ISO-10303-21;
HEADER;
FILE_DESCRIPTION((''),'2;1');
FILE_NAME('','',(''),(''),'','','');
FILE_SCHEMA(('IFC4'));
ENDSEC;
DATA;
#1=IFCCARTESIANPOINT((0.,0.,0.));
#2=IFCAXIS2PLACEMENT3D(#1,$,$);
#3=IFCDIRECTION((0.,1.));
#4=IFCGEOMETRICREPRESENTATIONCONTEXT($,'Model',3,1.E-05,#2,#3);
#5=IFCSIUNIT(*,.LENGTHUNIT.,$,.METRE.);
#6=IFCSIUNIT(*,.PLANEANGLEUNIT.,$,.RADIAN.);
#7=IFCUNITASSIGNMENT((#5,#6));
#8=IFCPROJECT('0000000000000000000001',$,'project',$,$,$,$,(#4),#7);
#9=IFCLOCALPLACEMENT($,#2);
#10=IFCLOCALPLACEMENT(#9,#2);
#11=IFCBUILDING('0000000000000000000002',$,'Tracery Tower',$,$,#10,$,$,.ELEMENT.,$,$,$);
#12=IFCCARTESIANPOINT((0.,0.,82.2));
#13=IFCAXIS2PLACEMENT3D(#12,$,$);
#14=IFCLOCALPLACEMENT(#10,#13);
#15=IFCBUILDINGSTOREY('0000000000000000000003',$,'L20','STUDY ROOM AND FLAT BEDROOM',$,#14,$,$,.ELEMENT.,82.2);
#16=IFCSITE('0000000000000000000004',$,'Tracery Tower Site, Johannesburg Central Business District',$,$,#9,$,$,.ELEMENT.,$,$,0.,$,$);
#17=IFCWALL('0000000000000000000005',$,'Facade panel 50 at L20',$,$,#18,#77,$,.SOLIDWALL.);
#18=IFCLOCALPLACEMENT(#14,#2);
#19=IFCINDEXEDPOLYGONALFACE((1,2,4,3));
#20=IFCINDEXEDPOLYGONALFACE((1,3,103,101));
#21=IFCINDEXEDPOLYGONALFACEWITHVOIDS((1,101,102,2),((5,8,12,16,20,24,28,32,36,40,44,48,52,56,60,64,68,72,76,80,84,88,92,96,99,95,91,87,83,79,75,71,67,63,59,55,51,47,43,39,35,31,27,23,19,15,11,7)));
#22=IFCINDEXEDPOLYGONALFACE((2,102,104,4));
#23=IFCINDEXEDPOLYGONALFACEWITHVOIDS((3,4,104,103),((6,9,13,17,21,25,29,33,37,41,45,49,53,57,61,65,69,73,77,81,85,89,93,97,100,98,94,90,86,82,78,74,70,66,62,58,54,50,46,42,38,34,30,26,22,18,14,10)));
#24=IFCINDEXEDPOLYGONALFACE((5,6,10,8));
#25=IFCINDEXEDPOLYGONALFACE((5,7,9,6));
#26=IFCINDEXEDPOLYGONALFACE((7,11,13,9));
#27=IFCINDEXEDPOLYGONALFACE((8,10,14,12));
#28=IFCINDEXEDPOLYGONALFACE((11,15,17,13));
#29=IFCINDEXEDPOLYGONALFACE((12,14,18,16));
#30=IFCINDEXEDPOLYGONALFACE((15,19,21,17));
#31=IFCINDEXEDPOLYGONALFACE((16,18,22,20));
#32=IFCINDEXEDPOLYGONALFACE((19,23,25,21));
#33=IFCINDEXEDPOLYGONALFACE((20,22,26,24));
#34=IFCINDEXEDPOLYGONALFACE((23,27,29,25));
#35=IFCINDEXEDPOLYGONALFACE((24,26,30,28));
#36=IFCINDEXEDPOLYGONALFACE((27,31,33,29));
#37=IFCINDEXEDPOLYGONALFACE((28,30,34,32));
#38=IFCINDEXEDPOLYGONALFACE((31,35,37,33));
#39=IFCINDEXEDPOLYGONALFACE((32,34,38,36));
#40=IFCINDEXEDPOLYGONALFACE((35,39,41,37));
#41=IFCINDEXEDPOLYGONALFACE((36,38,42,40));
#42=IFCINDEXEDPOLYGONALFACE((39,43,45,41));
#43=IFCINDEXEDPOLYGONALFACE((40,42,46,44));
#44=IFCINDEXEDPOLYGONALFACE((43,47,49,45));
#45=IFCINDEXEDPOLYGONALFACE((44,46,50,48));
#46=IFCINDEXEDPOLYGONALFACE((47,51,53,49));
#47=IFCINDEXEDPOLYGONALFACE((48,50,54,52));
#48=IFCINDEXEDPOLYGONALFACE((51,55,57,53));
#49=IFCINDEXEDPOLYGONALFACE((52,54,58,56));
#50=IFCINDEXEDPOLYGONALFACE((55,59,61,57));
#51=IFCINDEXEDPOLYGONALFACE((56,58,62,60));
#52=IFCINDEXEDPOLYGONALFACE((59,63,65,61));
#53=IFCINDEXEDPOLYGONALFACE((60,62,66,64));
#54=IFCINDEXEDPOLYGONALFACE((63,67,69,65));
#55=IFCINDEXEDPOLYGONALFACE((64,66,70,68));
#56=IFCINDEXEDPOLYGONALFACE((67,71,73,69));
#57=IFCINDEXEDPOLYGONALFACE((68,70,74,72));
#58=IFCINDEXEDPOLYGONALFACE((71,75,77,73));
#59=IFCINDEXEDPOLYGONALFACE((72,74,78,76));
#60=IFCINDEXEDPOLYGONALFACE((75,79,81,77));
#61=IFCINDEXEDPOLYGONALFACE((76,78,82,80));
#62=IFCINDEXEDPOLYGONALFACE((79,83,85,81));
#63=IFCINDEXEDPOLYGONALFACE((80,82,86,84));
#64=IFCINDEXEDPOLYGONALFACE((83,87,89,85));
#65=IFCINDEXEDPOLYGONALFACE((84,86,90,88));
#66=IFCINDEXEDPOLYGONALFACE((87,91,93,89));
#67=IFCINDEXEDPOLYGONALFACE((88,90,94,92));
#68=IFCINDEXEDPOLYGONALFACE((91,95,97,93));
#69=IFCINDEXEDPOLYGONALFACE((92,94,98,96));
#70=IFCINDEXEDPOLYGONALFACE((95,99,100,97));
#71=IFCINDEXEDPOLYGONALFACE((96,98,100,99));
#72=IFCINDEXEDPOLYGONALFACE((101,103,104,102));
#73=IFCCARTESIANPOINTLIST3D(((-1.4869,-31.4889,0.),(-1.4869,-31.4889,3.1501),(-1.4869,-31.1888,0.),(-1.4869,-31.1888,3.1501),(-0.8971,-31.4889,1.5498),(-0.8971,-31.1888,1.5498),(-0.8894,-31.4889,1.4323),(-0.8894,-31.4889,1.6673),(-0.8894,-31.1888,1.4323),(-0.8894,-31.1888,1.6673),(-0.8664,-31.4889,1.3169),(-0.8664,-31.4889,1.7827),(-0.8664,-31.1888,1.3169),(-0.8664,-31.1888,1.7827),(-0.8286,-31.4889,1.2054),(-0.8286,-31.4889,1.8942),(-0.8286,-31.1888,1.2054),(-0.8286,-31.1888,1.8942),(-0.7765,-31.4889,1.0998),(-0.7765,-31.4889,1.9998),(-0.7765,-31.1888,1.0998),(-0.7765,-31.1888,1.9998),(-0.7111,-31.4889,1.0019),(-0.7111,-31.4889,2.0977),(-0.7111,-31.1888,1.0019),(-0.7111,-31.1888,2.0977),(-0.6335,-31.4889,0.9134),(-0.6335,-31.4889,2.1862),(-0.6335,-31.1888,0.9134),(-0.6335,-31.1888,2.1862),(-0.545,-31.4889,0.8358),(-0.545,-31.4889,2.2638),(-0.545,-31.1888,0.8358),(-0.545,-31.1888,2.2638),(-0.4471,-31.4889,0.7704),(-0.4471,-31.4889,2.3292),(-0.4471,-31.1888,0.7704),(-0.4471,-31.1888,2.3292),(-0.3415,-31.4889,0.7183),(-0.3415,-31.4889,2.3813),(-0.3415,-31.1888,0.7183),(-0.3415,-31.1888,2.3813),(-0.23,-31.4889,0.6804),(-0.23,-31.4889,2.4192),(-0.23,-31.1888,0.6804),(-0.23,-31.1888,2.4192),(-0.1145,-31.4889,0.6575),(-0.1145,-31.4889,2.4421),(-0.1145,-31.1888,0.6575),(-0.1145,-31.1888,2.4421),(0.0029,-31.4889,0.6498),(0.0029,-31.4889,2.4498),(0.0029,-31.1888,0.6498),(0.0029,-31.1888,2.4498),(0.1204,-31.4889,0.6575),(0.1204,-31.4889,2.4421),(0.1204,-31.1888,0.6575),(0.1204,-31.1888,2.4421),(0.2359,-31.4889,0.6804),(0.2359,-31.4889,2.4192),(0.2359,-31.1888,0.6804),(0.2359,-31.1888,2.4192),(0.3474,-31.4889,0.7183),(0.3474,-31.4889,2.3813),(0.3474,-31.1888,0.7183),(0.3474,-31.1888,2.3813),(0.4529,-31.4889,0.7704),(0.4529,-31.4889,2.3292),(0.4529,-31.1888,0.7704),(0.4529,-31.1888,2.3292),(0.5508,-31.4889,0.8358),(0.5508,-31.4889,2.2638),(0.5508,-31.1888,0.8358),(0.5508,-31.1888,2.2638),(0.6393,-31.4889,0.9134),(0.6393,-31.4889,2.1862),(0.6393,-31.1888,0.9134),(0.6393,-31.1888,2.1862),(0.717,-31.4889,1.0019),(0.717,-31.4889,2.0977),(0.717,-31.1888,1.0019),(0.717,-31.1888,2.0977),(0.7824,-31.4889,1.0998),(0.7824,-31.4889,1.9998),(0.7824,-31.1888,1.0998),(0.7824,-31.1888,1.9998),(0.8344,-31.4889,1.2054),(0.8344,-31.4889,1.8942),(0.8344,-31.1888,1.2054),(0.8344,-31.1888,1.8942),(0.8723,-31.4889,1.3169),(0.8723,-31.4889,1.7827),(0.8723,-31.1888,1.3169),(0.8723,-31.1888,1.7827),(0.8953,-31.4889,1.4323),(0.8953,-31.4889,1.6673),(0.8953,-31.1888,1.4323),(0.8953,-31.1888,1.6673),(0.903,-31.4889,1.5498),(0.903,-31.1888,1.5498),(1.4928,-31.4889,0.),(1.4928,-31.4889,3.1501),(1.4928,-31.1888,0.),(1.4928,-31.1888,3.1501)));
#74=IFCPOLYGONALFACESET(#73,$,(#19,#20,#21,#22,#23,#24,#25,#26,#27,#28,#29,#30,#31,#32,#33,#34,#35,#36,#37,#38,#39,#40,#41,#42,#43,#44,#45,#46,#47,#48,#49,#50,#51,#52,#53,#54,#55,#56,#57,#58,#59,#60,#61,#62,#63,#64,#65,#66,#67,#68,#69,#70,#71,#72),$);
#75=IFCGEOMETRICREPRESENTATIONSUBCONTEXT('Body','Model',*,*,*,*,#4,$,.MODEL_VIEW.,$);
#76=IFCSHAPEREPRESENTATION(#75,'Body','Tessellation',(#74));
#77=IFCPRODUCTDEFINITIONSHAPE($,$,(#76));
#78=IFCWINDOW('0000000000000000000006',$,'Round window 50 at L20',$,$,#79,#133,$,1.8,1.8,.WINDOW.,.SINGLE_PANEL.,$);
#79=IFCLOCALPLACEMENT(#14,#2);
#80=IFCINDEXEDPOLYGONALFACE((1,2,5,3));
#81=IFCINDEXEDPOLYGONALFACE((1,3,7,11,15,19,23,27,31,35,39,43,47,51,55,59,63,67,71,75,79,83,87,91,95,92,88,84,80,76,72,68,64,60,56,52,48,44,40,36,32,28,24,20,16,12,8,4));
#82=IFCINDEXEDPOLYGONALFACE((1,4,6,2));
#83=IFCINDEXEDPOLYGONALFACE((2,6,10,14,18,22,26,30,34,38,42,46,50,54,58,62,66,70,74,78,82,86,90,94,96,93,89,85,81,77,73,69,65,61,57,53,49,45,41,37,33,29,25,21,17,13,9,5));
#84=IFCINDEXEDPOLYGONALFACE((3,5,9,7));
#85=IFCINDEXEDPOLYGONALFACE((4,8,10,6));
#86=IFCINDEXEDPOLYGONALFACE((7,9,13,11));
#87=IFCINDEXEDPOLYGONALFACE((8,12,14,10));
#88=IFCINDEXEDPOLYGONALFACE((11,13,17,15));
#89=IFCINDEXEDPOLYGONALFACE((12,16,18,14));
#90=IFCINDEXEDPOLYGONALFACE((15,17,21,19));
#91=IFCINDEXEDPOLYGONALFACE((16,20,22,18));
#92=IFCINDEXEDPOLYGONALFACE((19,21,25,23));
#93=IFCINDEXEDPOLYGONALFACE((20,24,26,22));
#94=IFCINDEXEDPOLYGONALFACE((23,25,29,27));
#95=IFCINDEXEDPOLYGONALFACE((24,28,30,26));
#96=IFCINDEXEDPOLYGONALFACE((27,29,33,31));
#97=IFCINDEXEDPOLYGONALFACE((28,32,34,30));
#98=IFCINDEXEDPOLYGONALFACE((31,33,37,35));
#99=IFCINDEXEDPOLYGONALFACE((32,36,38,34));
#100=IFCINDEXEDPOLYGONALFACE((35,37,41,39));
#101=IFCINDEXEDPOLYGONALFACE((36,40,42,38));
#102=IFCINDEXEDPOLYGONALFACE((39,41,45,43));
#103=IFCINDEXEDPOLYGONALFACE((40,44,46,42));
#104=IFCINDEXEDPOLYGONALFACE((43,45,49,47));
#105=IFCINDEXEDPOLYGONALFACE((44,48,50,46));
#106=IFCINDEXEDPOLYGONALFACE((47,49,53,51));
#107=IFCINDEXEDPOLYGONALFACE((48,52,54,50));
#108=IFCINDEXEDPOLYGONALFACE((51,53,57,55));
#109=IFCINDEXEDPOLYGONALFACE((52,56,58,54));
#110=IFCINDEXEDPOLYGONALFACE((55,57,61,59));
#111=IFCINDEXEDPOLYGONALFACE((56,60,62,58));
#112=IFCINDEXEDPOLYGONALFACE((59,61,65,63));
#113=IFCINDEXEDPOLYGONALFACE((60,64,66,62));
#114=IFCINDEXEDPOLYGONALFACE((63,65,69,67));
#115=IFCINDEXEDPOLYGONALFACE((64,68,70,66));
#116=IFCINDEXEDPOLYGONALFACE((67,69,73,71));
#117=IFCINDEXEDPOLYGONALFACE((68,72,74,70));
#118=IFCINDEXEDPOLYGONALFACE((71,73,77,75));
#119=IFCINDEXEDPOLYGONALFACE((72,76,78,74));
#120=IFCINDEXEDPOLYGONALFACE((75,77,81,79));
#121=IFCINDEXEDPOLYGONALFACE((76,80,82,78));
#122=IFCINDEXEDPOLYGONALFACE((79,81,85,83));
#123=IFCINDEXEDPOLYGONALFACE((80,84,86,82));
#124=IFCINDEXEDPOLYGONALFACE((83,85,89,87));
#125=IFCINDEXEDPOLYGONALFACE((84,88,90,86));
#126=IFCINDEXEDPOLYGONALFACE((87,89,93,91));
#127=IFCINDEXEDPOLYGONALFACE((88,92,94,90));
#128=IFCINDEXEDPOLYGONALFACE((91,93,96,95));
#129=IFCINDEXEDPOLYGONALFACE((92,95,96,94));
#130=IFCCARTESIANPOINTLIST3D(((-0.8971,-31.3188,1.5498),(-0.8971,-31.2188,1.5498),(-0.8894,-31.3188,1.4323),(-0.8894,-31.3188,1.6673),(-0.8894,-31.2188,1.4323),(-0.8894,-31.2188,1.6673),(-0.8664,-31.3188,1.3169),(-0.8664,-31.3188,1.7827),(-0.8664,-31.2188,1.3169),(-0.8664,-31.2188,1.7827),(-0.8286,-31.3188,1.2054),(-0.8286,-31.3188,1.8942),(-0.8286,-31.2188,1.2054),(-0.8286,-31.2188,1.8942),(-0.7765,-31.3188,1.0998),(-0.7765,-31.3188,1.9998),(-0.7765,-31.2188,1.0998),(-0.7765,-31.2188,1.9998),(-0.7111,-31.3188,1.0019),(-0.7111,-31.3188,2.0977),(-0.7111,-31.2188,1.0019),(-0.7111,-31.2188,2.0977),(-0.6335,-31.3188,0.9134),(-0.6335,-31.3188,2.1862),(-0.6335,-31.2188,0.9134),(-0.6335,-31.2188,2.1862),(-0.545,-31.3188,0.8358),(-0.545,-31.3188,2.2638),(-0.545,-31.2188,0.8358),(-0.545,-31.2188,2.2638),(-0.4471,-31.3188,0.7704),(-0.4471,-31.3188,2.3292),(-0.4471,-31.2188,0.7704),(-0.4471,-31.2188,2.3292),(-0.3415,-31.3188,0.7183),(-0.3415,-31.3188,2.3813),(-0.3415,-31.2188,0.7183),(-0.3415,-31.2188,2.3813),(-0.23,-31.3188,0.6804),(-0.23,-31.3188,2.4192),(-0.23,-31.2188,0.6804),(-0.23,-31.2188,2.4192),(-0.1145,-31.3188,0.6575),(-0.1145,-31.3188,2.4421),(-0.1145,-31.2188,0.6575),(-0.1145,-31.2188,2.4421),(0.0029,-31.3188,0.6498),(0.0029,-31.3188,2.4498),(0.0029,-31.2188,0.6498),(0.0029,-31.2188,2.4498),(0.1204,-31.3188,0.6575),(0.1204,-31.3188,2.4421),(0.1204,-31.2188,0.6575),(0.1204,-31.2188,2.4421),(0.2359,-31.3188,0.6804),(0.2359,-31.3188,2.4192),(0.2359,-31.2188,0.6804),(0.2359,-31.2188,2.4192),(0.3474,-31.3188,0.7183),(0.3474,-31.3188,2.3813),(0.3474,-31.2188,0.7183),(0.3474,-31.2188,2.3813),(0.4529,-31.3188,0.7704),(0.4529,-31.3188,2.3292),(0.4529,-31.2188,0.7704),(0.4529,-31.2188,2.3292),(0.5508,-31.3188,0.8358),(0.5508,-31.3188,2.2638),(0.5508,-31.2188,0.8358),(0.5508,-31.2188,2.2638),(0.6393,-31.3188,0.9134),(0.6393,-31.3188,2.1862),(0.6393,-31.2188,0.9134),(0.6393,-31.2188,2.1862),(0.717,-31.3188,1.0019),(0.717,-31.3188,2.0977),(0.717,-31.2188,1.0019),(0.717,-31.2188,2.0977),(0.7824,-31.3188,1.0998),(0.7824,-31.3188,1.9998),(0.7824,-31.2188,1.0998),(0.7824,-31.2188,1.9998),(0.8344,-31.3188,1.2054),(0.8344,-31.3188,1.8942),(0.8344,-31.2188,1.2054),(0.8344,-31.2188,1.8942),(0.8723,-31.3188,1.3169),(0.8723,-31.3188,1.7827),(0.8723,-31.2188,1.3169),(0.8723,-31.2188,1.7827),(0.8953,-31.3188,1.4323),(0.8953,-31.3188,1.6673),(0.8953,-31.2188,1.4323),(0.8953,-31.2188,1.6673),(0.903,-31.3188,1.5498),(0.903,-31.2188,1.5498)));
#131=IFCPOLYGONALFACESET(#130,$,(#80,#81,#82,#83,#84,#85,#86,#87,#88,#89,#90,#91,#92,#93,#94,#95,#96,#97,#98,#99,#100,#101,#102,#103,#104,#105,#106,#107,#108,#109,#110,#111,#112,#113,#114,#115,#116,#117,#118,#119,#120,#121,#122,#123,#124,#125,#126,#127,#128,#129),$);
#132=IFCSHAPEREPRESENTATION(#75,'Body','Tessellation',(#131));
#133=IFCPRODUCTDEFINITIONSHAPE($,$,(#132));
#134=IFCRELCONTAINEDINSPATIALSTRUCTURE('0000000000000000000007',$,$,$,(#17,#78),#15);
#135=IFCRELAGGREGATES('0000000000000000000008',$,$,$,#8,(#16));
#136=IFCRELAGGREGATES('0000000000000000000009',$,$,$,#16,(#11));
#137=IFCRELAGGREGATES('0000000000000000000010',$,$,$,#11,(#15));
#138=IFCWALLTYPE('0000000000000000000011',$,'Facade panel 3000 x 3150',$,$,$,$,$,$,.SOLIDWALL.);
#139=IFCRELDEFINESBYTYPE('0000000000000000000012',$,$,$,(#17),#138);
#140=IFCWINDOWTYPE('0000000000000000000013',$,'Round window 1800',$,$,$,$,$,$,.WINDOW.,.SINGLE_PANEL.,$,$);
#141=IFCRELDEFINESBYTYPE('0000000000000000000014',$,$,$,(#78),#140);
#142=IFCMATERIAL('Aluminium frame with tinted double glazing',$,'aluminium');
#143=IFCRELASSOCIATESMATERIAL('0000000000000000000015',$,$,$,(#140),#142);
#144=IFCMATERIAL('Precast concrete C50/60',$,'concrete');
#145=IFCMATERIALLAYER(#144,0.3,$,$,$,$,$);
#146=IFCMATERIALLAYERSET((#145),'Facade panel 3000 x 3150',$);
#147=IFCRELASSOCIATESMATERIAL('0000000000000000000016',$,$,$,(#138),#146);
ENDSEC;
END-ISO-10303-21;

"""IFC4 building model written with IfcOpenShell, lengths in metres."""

from ifc_helpers import new_model, si_unit, direction, frame, frame_2d, origin, origin_2d, place, context, subcontext, project, spatial, rectangle, circle, extrude, material, layer, layer_set, type_object, element, fill, save


model = new_model("IFC4")

# Units and contexts
model_context = context("Model", 3, precision=1e-05, world=origin(), true_north=direction((0.0, 1.0)))
body_context = subcontext(model_context, "Body", "Model", "MODEL_VIEW")
ifc_project = project(units=[si_unit("LENGTHUNIT", "METRE"), si_unit("PLANEANGLEUNIT", "RADIAN")], contexts=[model_context])

# Site, building, storey
site_placement = place(None, origin())
site = spatial("IfcSite", under=ifc_project, at=site_placement, Name="Tracery Tower Site, Johannesburg Central Business District", CompositionType="ELEMENT", RefElevation=0.0)
building_placement = place(site_placement, origin())
building = spatial("IfcBuilding", under=site, at=building_placement, Name="Tracery Tower", CompositionType="ELEMENT")
storey_placement = place(building_placement, frame((0.0, 0.0, 82.2)))
storey = spatial("IfcBuildingStorey", under=building, at=storey_placement, Name="L20", Description="STUDY ROOM AND FLAT BEDROOM", CompositionType="ELEMENT", Elevation=82.2)

# Wall, opening, window
ifc_material_1 = material(Name="Aluminium frame with tinted double glazing", Category="aluminium")
window_type = type_object("IfcWindowType", Name="Round window 1800", PartitioningType="SINGLE_PANEL", PredefinedType="WINDOW", material=ifc_material_1)
ifc_material_2 = material(Name="Precast concrete C50/60", Category="concrete")
ifc_layer_1 = layer(ifc_material_2, 0.3)
ifc_layer_set_1 = layer_set([ifc_layer_1], Name="Facade panel 3000 x 3150")
wall_type_1 = type_object("IfcWallType", Name="Facade panel 3000 x 3150", PredefinedType="SOLIDWALL", material=ifc_layer_set_1)
wall_1_placement = place(storey_placement, frame((-1.4868, -31.3389, 0.0), z_axis=(0.0, 0.0, 1.0), x_axis=(1.0, 0.0, 0.0)))
wall_1 = element("IfcWall", 1, at=wall_1_placement, inside=storey, type_object=wall_type_1, Name="Facade panel 50 at L20", PredefinedType="SOLIDWALL", context=body_context, shape_type="SweptSolid", body=[
    extrude(rectangle(XDim=2.9797, YDim=0.3, at=frame_2d((1.4897, 0.0))), origin(), (0.0, 0.0, 1.0), 3.1501),
])
opening_1_placement = place(wall_1_placement, frame((1.4897, 0.0, 1.5498)))
opening_1 = element("IfcOpeningElement", 2, at=opening_1_placement, cuts=wall_1, PredefinedType="OPENING", context=body_context, shape_type="SweptSolid", body=[
    extrude(circle(Radius=0.9, at=origin_2d()), frame((0.0, 0.1599, 0.0), z_axis=(0.0, -1.0, 0.0), x_axis=(1.0, 0.0, 0.0)), (0.0, 0.0, 1.0), 0.3201),
])
window_1_placement = place(opening_1_placement, origin())
window_1 = element("IfcWindow", 3, at=window_1_placement, inside=storey, type_object=window_type, Name="Round window 50 at L20", OverallHeight=1.8, OverallWidth=1.8, PartitioningType="SINGLE_PANEL", PredefinedType="WINDOW", context=body_context, shape_type="SweptSolid", body=[
    extrude(circle(Radius=0.9, at=origin_2d()), frame((0.0, 0.1201, 0.0), z_axis=(0.0, -1.0, 0.0), x_axis=(1.0, 0.0, 0.0)), (0.0, 0.0, 1.0), 0.1001),
])
fill(opening_1, window_1)

save(model, "model.ifc")
